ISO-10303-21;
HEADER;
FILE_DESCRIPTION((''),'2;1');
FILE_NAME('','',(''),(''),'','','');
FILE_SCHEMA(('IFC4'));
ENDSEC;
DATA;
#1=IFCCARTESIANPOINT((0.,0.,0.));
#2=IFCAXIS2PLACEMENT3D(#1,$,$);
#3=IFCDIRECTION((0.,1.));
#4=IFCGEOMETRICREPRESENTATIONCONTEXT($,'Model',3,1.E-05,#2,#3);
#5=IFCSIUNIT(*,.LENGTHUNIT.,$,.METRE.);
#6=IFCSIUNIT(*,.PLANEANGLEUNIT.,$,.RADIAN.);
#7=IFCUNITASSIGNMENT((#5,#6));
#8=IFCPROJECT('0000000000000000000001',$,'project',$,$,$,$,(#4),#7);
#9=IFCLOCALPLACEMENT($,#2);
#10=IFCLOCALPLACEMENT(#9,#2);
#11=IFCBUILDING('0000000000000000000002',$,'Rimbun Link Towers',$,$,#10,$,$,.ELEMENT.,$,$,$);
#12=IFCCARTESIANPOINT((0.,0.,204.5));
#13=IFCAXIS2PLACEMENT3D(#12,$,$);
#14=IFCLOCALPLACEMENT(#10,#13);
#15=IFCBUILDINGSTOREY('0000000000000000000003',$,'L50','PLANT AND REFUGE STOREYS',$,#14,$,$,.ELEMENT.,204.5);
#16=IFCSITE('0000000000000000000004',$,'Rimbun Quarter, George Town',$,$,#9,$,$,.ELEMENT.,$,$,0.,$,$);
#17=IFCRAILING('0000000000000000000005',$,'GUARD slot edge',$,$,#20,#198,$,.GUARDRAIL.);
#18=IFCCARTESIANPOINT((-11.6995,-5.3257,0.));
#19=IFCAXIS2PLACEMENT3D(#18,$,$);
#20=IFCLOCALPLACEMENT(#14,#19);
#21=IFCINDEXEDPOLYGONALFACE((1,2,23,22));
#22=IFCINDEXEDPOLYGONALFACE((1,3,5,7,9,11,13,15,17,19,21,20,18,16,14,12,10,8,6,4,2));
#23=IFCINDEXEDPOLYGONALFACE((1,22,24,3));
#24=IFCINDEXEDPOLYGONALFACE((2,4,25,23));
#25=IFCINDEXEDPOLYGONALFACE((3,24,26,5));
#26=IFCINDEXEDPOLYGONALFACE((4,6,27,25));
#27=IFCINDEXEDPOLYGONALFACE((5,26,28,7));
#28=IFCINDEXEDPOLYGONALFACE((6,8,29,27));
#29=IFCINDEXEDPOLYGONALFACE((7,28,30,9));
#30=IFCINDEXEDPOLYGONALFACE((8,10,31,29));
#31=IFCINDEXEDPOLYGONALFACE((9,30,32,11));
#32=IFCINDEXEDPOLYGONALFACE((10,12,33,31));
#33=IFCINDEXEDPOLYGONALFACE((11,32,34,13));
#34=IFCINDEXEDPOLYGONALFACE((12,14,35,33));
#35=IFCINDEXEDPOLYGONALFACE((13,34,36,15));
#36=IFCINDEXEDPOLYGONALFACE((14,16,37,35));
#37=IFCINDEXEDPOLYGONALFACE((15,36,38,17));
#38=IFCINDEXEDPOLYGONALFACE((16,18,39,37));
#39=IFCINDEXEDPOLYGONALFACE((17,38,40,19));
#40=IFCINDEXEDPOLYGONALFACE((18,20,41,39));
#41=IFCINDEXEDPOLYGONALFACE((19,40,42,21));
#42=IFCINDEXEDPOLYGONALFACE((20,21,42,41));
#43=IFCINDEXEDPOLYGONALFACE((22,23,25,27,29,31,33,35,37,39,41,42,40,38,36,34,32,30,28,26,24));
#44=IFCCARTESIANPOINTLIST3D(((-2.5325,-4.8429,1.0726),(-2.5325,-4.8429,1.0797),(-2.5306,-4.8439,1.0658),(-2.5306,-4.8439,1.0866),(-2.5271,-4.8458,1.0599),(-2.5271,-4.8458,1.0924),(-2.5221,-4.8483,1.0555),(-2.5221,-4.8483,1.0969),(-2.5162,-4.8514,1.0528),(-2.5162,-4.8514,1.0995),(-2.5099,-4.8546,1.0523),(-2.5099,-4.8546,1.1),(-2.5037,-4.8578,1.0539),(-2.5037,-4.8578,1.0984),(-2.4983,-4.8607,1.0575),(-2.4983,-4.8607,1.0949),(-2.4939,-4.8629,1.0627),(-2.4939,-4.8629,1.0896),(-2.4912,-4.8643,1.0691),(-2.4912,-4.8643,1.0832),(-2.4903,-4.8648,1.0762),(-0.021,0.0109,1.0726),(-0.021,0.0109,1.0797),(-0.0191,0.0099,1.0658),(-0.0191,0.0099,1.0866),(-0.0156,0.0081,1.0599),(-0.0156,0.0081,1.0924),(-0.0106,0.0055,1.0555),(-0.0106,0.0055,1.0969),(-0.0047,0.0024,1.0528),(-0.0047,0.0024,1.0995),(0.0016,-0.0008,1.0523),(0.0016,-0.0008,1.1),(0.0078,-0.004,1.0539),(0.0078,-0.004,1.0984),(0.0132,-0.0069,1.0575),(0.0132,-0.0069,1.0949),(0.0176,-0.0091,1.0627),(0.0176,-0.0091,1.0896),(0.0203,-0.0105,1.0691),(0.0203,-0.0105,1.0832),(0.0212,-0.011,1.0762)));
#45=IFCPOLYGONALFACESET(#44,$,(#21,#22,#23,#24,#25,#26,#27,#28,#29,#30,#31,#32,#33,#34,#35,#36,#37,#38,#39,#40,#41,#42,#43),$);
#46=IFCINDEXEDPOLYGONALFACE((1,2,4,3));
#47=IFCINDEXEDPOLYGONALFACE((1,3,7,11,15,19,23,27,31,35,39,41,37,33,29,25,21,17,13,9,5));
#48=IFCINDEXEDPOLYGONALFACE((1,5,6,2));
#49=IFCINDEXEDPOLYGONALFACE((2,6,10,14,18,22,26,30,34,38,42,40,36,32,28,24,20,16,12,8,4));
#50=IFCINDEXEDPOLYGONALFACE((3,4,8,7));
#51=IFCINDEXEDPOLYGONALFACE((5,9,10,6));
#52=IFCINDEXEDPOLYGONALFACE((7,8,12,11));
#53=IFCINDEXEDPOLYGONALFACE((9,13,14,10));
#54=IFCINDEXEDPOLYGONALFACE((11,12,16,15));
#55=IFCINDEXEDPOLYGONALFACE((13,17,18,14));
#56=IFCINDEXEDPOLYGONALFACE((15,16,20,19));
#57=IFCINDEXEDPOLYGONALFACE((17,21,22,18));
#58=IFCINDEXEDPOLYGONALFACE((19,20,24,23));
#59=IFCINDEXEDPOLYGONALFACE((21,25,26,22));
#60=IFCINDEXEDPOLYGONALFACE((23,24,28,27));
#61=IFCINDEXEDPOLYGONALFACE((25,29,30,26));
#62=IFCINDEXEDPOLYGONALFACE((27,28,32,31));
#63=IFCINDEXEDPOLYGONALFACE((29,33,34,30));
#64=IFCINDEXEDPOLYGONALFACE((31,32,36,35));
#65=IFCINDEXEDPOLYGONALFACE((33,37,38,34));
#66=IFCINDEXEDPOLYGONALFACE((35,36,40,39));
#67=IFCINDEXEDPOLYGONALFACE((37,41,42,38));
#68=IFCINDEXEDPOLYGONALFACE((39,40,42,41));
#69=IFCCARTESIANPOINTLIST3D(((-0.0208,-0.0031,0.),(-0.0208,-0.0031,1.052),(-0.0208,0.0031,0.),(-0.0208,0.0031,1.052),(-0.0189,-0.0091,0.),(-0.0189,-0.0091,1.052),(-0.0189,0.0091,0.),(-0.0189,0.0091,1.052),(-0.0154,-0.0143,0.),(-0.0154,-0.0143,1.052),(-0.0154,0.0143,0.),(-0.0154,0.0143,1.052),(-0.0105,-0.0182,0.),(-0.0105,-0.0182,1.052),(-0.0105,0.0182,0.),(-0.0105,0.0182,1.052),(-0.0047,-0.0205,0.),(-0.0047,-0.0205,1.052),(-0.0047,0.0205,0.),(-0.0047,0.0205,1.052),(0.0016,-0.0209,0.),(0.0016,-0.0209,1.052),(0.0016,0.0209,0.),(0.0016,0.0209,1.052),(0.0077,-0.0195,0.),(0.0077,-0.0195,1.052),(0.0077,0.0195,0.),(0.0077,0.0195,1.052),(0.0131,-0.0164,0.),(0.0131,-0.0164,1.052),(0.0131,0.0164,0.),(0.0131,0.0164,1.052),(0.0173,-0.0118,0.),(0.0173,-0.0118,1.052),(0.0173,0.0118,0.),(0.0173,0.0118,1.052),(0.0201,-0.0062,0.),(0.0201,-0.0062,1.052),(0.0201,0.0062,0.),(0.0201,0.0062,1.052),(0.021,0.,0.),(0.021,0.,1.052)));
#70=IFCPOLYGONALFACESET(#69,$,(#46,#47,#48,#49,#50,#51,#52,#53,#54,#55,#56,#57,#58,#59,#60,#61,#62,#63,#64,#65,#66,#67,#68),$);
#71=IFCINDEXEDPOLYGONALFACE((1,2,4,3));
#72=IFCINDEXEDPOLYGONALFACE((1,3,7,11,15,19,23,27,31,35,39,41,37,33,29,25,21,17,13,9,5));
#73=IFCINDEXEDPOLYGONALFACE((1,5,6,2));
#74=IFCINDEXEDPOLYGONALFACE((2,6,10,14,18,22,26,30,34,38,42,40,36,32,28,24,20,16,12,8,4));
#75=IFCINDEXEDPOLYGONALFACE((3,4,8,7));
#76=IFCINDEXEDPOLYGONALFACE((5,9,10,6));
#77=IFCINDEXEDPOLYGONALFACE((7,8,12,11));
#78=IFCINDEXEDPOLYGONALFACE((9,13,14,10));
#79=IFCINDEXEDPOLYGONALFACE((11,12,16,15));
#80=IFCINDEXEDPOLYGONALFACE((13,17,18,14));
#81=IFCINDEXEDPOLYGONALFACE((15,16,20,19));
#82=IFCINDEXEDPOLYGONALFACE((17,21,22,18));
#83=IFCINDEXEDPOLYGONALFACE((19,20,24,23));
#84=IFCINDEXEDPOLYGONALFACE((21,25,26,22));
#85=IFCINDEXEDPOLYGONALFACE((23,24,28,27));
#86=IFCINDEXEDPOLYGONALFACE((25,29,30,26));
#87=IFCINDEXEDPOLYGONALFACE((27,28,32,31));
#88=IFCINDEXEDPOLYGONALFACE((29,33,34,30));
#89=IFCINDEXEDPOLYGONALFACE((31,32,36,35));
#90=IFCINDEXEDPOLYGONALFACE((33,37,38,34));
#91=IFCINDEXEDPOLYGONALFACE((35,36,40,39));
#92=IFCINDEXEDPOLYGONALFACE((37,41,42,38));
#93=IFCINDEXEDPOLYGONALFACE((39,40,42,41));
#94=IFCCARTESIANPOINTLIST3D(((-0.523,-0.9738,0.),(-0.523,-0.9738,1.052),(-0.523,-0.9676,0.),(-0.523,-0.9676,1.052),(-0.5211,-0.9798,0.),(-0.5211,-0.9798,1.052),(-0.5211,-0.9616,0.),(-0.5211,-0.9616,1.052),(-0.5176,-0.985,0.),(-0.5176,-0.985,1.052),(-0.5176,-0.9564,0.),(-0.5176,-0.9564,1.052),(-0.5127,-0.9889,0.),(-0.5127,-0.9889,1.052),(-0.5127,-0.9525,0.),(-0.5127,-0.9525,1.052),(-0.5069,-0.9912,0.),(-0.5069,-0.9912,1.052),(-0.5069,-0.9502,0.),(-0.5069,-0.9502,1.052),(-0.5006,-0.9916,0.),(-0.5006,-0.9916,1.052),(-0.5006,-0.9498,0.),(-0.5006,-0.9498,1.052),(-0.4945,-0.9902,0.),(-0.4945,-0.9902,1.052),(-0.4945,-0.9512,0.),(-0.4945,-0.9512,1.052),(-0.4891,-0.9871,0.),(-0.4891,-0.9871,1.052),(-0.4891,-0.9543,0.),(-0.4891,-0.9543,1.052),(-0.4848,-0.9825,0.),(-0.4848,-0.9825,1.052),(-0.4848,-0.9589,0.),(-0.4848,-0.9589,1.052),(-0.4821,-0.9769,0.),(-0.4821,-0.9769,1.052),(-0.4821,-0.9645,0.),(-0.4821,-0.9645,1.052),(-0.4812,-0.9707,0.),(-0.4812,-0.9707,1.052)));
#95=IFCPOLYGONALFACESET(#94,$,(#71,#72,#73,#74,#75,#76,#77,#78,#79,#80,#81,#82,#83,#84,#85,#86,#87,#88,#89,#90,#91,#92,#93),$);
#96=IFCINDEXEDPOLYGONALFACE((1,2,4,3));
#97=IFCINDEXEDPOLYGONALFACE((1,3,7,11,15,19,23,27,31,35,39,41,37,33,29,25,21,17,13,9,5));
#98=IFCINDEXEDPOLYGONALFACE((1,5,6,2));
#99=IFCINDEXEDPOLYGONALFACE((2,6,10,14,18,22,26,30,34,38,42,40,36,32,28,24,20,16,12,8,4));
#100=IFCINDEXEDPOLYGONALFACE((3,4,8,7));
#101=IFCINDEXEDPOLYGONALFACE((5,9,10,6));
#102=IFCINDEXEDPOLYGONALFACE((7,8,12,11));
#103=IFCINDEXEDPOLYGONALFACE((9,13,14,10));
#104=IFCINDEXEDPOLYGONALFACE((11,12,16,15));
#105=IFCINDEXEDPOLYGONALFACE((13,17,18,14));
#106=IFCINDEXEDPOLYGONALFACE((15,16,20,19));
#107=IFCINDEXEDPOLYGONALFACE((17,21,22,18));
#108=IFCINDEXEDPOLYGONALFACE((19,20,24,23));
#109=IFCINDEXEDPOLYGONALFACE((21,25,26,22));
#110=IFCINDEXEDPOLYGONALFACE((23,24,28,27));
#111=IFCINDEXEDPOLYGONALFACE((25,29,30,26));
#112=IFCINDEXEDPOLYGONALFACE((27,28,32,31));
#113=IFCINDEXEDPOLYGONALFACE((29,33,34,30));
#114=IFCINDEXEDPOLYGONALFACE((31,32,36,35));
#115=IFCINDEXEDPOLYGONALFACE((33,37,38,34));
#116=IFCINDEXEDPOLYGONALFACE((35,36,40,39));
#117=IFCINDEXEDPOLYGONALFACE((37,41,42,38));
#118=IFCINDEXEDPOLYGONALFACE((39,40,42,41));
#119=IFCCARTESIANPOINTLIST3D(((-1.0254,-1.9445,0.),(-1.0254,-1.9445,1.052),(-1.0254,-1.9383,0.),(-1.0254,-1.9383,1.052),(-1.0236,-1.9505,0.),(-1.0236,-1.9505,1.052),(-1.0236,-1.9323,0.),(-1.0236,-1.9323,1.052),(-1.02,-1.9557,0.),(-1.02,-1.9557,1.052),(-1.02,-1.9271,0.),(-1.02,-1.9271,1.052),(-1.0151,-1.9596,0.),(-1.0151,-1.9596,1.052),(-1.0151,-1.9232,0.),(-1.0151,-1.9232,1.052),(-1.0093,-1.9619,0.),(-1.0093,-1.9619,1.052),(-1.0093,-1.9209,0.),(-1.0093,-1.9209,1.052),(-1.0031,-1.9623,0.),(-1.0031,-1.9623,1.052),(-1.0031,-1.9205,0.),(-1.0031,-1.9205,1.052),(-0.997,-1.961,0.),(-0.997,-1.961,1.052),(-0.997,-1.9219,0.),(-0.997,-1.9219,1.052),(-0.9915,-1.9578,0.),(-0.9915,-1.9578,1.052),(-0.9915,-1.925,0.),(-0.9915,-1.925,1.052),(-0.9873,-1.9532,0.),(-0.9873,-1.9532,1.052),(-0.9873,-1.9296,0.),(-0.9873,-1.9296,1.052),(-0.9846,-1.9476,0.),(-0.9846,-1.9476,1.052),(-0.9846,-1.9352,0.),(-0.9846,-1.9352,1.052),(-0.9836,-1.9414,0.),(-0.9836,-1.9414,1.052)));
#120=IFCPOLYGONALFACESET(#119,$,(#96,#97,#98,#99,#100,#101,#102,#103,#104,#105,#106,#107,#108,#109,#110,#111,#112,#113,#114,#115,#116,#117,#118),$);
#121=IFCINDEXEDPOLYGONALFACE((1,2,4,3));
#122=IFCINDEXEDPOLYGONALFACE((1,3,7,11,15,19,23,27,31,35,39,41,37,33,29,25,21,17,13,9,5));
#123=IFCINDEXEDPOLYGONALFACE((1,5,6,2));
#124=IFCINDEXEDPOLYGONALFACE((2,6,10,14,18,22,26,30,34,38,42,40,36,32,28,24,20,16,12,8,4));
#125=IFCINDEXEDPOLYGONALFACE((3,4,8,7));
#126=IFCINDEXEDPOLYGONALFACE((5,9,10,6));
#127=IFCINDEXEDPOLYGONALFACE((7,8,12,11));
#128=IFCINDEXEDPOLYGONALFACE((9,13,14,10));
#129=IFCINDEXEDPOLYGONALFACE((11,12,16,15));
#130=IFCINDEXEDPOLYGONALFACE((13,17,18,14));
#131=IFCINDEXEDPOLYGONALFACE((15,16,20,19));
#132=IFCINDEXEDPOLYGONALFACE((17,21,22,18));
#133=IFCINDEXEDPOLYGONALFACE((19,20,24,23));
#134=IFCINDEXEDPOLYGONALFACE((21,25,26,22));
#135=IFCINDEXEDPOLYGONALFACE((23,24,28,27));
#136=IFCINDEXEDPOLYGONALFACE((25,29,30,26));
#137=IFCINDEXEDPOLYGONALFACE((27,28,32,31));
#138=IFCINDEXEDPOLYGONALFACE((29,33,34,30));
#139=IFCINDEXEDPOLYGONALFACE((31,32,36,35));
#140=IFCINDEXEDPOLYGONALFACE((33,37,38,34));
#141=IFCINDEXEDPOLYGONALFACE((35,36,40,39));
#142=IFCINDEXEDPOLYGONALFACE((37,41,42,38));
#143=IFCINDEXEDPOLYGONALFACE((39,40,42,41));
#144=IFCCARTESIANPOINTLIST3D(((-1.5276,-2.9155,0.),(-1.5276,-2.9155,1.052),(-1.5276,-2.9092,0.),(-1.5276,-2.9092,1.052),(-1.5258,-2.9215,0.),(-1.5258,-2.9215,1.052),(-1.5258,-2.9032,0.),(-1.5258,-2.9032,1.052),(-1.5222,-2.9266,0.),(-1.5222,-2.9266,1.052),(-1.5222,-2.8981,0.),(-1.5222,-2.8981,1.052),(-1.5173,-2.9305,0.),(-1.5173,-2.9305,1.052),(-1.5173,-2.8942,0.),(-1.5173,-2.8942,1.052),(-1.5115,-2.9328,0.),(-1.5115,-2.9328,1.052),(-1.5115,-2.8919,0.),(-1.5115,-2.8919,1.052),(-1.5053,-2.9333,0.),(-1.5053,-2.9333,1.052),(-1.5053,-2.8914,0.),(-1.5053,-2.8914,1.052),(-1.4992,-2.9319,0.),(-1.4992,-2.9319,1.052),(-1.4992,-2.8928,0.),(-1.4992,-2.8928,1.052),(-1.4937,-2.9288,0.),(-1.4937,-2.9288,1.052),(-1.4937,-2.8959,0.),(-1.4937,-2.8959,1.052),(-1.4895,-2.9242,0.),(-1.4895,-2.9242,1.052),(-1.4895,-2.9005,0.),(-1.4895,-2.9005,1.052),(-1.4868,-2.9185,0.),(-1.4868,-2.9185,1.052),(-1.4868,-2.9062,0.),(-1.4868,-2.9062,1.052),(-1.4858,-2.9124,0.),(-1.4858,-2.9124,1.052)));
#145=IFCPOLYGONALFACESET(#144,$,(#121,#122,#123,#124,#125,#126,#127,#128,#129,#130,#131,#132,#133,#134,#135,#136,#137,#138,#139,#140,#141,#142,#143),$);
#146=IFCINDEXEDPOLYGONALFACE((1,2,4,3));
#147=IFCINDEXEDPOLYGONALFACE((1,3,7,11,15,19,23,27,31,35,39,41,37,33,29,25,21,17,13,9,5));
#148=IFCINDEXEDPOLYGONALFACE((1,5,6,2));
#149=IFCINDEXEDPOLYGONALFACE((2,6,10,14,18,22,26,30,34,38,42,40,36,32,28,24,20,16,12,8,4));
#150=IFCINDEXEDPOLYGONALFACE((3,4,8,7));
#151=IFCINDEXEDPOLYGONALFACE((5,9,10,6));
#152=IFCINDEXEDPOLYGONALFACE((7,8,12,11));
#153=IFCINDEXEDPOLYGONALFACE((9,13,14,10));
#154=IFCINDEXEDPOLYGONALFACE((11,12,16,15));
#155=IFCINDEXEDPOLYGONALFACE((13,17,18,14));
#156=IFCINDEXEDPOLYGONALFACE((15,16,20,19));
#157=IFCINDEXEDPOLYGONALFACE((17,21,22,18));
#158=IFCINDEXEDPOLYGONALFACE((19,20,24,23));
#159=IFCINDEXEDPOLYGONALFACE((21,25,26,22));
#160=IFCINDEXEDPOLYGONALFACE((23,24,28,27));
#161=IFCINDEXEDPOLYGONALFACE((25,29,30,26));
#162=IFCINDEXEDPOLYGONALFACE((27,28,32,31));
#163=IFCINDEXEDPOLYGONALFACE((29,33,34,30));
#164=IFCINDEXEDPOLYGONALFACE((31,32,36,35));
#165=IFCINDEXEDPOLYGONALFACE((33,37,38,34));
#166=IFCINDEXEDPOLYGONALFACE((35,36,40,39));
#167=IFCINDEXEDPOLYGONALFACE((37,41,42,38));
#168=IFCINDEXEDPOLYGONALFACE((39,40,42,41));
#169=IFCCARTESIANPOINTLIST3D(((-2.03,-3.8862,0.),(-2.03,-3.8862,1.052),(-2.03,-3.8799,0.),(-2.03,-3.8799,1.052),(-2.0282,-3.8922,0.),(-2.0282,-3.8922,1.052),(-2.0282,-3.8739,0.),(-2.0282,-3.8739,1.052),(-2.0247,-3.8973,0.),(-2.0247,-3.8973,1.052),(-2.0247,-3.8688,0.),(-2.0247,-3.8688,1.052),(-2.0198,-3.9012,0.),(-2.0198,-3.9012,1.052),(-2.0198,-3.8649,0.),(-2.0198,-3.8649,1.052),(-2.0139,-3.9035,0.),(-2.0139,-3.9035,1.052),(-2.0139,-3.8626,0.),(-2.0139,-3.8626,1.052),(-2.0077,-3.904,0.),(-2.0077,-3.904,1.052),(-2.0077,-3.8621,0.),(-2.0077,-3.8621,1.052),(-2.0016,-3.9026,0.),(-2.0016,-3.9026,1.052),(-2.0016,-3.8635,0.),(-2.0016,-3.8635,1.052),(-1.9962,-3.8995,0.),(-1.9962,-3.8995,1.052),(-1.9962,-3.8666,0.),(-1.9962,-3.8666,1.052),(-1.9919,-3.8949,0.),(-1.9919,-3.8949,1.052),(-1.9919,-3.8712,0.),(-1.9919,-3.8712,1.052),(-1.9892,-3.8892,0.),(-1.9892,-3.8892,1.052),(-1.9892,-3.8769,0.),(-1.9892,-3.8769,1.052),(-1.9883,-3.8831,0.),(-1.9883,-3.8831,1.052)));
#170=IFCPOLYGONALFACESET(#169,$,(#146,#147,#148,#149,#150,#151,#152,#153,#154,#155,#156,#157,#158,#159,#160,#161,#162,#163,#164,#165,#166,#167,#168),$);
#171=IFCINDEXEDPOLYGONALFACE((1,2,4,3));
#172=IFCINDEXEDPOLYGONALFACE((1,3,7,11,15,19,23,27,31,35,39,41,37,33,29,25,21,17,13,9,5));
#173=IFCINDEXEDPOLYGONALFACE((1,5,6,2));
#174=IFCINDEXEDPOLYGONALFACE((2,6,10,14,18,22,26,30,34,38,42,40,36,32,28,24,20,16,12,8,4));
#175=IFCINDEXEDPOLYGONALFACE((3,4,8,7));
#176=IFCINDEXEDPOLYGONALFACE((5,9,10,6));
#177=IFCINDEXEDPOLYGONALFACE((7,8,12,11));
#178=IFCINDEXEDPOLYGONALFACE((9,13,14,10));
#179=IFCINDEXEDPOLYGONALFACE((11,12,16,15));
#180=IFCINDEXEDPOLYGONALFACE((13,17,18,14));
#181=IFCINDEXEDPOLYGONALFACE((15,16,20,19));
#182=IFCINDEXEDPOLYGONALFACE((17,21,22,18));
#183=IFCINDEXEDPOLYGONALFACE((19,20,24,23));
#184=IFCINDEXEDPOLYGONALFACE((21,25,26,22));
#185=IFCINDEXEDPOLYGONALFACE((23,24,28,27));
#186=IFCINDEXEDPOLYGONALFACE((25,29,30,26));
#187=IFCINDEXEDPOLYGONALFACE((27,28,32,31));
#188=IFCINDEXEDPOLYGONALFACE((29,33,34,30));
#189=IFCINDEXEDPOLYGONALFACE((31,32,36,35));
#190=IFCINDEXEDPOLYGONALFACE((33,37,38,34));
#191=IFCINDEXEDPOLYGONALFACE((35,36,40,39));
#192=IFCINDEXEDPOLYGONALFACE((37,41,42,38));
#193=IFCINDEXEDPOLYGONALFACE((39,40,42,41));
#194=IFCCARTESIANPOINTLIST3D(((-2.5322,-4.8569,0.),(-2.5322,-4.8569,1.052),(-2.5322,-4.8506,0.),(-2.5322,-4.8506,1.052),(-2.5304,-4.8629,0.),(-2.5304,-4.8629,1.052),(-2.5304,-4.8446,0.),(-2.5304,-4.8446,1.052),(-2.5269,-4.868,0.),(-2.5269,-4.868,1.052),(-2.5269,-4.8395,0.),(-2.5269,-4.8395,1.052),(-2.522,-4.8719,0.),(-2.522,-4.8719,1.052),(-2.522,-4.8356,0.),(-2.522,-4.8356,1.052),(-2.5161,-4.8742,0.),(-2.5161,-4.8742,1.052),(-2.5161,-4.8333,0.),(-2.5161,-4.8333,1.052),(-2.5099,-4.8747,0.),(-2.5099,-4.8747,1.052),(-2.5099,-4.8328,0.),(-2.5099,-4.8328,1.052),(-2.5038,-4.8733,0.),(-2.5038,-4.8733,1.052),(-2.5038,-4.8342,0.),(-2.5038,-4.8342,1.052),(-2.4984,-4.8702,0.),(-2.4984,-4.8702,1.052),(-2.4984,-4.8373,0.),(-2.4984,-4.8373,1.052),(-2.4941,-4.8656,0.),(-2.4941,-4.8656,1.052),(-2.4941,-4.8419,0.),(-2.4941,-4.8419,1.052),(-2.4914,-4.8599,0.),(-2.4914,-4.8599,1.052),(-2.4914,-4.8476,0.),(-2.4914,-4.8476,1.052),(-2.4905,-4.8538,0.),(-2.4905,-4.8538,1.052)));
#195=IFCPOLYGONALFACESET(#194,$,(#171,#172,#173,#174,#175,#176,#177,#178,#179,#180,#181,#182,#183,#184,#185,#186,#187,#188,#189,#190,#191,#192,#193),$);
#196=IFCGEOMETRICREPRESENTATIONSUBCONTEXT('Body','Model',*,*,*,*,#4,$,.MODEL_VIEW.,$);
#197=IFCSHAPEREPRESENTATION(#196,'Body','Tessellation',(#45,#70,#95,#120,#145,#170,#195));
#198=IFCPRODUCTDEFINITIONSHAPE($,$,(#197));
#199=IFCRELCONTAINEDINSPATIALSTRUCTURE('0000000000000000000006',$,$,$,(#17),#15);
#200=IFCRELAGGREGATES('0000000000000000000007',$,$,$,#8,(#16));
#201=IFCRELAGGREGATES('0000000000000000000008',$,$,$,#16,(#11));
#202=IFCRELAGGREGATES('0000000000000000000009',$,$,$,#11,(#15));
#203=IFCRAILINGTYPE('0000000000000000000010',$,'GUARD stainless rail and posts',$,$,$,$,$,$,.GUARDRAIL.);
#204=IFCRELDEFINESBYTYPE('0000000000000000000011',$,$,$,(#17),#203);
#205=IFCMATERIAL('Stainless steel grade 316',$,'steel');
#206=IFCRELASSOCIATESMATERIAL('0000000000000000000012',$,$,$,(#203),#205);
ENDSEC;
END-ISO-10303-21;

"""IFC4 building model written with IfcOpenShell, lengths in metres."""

from ifc_helpers import new_model, si_unit, direction, frame, origin, origin_2d, place, context, subcontext, project, spatial, circle, extrude, material, type_object, element, save


model = new_model("IFC4")

# Units and contexts
model_context = context("Model", 3, precision=1e-05, world=origin(), true_north=direction((0.0, 1.0)))
body_context = subcontext(model_context, "Body", "Model", "MODEL_VIEW")
ifc_project = project(units=[si_unit("LENGTHUNIT", "METRE"), si_unit("PLANEANGLEUNIT", "RADIAN")], contexts=[model_context])

# Site, building, storey
site_placement = place(None, origin())
site = spatial("IfcSite", under=ifc_project, at=site_placement, Name="Rimbun Quarter, George Town", CompositionType="ELEMENT", RefElevation=0.0)
building_placement = place(site_placement, origin())
building = spatial("IfcBuilding", under=site, at=building_placement, Name="Rimbun Link Towers", CompositionType="ELEMENT")
storey_placement = place(building_placement, frame((0.0, 0.0, 204.5)))
storey = spatial("IfcBuildingStorey", under=building, at=storey_placement, Name="L50", Description="PLANT AND REFUGE STOREYS", CompositionType="ELEMENT", Elevation=204.5)

# Railing
ifc_material_1 = material(Name="Stainless steel grade 316", Category="steel")
railing_type = type_object("IfcRailingType", Name="GUARD stainless rail and posts", PredefinedType="GUARDRAIL", material=ifc_material_1)
railing_1_placement = place(storey_placement, frame((-11.6995, -5.3257, 0.0)))
element("IfcRailing", 1, at=railing_1_placement, inside=storey, type_object=railing_type, Name="GUARD slot edge", PredefinedType="GUARDRAIL", context=body_context, shape_type="SweptSolid", body=[
    extrude(circle(Radius=0.0239, at=origin_2d()), frame((0.0, 0.0, 1.0762), z_axis=(-0.459554, -0.88815, 0.0), x_axis=(0.88815, -0.459554, 0.0)), (0.0, 0.0, 1.0), 5.4651),
    extrude(circle(Radius=0.021, at=origin_2d()), origin(), (0.0, 0.0, 1.0), 1.052),
    extrude(circle(Radius=0.021, at=origin_2d()), frame((-0.5022, -0.9707, 0.0)), (0.0, 0.0, 1.0), 1.052),
    extrude(circle(Radius=0.021, at=origin_2d()), frame((-1.0046, -1.9414, 0.0)), (0.0, 0.0, 1.0), 1.052),
    extrude(circle(Radius=0.021, at=origin_2d()), frame((-1.5068, -2.9124, 0.0)), (0.0, 0.0, 1.0), 1.052),
    extrude(circle(Radius=0.021, at=origin_2d()), frame((-2.0093, -3.8831, 0.0)), (0.0, 0.0, 1.0), 1.052),
    extrude(circle(Radius=0.021, at=origin_2d()), frame((-2.5115, -4.8538, 0.0)), (0.0, 0.0, 1.0), 1.052),
])

save(model, "model.ifc")
